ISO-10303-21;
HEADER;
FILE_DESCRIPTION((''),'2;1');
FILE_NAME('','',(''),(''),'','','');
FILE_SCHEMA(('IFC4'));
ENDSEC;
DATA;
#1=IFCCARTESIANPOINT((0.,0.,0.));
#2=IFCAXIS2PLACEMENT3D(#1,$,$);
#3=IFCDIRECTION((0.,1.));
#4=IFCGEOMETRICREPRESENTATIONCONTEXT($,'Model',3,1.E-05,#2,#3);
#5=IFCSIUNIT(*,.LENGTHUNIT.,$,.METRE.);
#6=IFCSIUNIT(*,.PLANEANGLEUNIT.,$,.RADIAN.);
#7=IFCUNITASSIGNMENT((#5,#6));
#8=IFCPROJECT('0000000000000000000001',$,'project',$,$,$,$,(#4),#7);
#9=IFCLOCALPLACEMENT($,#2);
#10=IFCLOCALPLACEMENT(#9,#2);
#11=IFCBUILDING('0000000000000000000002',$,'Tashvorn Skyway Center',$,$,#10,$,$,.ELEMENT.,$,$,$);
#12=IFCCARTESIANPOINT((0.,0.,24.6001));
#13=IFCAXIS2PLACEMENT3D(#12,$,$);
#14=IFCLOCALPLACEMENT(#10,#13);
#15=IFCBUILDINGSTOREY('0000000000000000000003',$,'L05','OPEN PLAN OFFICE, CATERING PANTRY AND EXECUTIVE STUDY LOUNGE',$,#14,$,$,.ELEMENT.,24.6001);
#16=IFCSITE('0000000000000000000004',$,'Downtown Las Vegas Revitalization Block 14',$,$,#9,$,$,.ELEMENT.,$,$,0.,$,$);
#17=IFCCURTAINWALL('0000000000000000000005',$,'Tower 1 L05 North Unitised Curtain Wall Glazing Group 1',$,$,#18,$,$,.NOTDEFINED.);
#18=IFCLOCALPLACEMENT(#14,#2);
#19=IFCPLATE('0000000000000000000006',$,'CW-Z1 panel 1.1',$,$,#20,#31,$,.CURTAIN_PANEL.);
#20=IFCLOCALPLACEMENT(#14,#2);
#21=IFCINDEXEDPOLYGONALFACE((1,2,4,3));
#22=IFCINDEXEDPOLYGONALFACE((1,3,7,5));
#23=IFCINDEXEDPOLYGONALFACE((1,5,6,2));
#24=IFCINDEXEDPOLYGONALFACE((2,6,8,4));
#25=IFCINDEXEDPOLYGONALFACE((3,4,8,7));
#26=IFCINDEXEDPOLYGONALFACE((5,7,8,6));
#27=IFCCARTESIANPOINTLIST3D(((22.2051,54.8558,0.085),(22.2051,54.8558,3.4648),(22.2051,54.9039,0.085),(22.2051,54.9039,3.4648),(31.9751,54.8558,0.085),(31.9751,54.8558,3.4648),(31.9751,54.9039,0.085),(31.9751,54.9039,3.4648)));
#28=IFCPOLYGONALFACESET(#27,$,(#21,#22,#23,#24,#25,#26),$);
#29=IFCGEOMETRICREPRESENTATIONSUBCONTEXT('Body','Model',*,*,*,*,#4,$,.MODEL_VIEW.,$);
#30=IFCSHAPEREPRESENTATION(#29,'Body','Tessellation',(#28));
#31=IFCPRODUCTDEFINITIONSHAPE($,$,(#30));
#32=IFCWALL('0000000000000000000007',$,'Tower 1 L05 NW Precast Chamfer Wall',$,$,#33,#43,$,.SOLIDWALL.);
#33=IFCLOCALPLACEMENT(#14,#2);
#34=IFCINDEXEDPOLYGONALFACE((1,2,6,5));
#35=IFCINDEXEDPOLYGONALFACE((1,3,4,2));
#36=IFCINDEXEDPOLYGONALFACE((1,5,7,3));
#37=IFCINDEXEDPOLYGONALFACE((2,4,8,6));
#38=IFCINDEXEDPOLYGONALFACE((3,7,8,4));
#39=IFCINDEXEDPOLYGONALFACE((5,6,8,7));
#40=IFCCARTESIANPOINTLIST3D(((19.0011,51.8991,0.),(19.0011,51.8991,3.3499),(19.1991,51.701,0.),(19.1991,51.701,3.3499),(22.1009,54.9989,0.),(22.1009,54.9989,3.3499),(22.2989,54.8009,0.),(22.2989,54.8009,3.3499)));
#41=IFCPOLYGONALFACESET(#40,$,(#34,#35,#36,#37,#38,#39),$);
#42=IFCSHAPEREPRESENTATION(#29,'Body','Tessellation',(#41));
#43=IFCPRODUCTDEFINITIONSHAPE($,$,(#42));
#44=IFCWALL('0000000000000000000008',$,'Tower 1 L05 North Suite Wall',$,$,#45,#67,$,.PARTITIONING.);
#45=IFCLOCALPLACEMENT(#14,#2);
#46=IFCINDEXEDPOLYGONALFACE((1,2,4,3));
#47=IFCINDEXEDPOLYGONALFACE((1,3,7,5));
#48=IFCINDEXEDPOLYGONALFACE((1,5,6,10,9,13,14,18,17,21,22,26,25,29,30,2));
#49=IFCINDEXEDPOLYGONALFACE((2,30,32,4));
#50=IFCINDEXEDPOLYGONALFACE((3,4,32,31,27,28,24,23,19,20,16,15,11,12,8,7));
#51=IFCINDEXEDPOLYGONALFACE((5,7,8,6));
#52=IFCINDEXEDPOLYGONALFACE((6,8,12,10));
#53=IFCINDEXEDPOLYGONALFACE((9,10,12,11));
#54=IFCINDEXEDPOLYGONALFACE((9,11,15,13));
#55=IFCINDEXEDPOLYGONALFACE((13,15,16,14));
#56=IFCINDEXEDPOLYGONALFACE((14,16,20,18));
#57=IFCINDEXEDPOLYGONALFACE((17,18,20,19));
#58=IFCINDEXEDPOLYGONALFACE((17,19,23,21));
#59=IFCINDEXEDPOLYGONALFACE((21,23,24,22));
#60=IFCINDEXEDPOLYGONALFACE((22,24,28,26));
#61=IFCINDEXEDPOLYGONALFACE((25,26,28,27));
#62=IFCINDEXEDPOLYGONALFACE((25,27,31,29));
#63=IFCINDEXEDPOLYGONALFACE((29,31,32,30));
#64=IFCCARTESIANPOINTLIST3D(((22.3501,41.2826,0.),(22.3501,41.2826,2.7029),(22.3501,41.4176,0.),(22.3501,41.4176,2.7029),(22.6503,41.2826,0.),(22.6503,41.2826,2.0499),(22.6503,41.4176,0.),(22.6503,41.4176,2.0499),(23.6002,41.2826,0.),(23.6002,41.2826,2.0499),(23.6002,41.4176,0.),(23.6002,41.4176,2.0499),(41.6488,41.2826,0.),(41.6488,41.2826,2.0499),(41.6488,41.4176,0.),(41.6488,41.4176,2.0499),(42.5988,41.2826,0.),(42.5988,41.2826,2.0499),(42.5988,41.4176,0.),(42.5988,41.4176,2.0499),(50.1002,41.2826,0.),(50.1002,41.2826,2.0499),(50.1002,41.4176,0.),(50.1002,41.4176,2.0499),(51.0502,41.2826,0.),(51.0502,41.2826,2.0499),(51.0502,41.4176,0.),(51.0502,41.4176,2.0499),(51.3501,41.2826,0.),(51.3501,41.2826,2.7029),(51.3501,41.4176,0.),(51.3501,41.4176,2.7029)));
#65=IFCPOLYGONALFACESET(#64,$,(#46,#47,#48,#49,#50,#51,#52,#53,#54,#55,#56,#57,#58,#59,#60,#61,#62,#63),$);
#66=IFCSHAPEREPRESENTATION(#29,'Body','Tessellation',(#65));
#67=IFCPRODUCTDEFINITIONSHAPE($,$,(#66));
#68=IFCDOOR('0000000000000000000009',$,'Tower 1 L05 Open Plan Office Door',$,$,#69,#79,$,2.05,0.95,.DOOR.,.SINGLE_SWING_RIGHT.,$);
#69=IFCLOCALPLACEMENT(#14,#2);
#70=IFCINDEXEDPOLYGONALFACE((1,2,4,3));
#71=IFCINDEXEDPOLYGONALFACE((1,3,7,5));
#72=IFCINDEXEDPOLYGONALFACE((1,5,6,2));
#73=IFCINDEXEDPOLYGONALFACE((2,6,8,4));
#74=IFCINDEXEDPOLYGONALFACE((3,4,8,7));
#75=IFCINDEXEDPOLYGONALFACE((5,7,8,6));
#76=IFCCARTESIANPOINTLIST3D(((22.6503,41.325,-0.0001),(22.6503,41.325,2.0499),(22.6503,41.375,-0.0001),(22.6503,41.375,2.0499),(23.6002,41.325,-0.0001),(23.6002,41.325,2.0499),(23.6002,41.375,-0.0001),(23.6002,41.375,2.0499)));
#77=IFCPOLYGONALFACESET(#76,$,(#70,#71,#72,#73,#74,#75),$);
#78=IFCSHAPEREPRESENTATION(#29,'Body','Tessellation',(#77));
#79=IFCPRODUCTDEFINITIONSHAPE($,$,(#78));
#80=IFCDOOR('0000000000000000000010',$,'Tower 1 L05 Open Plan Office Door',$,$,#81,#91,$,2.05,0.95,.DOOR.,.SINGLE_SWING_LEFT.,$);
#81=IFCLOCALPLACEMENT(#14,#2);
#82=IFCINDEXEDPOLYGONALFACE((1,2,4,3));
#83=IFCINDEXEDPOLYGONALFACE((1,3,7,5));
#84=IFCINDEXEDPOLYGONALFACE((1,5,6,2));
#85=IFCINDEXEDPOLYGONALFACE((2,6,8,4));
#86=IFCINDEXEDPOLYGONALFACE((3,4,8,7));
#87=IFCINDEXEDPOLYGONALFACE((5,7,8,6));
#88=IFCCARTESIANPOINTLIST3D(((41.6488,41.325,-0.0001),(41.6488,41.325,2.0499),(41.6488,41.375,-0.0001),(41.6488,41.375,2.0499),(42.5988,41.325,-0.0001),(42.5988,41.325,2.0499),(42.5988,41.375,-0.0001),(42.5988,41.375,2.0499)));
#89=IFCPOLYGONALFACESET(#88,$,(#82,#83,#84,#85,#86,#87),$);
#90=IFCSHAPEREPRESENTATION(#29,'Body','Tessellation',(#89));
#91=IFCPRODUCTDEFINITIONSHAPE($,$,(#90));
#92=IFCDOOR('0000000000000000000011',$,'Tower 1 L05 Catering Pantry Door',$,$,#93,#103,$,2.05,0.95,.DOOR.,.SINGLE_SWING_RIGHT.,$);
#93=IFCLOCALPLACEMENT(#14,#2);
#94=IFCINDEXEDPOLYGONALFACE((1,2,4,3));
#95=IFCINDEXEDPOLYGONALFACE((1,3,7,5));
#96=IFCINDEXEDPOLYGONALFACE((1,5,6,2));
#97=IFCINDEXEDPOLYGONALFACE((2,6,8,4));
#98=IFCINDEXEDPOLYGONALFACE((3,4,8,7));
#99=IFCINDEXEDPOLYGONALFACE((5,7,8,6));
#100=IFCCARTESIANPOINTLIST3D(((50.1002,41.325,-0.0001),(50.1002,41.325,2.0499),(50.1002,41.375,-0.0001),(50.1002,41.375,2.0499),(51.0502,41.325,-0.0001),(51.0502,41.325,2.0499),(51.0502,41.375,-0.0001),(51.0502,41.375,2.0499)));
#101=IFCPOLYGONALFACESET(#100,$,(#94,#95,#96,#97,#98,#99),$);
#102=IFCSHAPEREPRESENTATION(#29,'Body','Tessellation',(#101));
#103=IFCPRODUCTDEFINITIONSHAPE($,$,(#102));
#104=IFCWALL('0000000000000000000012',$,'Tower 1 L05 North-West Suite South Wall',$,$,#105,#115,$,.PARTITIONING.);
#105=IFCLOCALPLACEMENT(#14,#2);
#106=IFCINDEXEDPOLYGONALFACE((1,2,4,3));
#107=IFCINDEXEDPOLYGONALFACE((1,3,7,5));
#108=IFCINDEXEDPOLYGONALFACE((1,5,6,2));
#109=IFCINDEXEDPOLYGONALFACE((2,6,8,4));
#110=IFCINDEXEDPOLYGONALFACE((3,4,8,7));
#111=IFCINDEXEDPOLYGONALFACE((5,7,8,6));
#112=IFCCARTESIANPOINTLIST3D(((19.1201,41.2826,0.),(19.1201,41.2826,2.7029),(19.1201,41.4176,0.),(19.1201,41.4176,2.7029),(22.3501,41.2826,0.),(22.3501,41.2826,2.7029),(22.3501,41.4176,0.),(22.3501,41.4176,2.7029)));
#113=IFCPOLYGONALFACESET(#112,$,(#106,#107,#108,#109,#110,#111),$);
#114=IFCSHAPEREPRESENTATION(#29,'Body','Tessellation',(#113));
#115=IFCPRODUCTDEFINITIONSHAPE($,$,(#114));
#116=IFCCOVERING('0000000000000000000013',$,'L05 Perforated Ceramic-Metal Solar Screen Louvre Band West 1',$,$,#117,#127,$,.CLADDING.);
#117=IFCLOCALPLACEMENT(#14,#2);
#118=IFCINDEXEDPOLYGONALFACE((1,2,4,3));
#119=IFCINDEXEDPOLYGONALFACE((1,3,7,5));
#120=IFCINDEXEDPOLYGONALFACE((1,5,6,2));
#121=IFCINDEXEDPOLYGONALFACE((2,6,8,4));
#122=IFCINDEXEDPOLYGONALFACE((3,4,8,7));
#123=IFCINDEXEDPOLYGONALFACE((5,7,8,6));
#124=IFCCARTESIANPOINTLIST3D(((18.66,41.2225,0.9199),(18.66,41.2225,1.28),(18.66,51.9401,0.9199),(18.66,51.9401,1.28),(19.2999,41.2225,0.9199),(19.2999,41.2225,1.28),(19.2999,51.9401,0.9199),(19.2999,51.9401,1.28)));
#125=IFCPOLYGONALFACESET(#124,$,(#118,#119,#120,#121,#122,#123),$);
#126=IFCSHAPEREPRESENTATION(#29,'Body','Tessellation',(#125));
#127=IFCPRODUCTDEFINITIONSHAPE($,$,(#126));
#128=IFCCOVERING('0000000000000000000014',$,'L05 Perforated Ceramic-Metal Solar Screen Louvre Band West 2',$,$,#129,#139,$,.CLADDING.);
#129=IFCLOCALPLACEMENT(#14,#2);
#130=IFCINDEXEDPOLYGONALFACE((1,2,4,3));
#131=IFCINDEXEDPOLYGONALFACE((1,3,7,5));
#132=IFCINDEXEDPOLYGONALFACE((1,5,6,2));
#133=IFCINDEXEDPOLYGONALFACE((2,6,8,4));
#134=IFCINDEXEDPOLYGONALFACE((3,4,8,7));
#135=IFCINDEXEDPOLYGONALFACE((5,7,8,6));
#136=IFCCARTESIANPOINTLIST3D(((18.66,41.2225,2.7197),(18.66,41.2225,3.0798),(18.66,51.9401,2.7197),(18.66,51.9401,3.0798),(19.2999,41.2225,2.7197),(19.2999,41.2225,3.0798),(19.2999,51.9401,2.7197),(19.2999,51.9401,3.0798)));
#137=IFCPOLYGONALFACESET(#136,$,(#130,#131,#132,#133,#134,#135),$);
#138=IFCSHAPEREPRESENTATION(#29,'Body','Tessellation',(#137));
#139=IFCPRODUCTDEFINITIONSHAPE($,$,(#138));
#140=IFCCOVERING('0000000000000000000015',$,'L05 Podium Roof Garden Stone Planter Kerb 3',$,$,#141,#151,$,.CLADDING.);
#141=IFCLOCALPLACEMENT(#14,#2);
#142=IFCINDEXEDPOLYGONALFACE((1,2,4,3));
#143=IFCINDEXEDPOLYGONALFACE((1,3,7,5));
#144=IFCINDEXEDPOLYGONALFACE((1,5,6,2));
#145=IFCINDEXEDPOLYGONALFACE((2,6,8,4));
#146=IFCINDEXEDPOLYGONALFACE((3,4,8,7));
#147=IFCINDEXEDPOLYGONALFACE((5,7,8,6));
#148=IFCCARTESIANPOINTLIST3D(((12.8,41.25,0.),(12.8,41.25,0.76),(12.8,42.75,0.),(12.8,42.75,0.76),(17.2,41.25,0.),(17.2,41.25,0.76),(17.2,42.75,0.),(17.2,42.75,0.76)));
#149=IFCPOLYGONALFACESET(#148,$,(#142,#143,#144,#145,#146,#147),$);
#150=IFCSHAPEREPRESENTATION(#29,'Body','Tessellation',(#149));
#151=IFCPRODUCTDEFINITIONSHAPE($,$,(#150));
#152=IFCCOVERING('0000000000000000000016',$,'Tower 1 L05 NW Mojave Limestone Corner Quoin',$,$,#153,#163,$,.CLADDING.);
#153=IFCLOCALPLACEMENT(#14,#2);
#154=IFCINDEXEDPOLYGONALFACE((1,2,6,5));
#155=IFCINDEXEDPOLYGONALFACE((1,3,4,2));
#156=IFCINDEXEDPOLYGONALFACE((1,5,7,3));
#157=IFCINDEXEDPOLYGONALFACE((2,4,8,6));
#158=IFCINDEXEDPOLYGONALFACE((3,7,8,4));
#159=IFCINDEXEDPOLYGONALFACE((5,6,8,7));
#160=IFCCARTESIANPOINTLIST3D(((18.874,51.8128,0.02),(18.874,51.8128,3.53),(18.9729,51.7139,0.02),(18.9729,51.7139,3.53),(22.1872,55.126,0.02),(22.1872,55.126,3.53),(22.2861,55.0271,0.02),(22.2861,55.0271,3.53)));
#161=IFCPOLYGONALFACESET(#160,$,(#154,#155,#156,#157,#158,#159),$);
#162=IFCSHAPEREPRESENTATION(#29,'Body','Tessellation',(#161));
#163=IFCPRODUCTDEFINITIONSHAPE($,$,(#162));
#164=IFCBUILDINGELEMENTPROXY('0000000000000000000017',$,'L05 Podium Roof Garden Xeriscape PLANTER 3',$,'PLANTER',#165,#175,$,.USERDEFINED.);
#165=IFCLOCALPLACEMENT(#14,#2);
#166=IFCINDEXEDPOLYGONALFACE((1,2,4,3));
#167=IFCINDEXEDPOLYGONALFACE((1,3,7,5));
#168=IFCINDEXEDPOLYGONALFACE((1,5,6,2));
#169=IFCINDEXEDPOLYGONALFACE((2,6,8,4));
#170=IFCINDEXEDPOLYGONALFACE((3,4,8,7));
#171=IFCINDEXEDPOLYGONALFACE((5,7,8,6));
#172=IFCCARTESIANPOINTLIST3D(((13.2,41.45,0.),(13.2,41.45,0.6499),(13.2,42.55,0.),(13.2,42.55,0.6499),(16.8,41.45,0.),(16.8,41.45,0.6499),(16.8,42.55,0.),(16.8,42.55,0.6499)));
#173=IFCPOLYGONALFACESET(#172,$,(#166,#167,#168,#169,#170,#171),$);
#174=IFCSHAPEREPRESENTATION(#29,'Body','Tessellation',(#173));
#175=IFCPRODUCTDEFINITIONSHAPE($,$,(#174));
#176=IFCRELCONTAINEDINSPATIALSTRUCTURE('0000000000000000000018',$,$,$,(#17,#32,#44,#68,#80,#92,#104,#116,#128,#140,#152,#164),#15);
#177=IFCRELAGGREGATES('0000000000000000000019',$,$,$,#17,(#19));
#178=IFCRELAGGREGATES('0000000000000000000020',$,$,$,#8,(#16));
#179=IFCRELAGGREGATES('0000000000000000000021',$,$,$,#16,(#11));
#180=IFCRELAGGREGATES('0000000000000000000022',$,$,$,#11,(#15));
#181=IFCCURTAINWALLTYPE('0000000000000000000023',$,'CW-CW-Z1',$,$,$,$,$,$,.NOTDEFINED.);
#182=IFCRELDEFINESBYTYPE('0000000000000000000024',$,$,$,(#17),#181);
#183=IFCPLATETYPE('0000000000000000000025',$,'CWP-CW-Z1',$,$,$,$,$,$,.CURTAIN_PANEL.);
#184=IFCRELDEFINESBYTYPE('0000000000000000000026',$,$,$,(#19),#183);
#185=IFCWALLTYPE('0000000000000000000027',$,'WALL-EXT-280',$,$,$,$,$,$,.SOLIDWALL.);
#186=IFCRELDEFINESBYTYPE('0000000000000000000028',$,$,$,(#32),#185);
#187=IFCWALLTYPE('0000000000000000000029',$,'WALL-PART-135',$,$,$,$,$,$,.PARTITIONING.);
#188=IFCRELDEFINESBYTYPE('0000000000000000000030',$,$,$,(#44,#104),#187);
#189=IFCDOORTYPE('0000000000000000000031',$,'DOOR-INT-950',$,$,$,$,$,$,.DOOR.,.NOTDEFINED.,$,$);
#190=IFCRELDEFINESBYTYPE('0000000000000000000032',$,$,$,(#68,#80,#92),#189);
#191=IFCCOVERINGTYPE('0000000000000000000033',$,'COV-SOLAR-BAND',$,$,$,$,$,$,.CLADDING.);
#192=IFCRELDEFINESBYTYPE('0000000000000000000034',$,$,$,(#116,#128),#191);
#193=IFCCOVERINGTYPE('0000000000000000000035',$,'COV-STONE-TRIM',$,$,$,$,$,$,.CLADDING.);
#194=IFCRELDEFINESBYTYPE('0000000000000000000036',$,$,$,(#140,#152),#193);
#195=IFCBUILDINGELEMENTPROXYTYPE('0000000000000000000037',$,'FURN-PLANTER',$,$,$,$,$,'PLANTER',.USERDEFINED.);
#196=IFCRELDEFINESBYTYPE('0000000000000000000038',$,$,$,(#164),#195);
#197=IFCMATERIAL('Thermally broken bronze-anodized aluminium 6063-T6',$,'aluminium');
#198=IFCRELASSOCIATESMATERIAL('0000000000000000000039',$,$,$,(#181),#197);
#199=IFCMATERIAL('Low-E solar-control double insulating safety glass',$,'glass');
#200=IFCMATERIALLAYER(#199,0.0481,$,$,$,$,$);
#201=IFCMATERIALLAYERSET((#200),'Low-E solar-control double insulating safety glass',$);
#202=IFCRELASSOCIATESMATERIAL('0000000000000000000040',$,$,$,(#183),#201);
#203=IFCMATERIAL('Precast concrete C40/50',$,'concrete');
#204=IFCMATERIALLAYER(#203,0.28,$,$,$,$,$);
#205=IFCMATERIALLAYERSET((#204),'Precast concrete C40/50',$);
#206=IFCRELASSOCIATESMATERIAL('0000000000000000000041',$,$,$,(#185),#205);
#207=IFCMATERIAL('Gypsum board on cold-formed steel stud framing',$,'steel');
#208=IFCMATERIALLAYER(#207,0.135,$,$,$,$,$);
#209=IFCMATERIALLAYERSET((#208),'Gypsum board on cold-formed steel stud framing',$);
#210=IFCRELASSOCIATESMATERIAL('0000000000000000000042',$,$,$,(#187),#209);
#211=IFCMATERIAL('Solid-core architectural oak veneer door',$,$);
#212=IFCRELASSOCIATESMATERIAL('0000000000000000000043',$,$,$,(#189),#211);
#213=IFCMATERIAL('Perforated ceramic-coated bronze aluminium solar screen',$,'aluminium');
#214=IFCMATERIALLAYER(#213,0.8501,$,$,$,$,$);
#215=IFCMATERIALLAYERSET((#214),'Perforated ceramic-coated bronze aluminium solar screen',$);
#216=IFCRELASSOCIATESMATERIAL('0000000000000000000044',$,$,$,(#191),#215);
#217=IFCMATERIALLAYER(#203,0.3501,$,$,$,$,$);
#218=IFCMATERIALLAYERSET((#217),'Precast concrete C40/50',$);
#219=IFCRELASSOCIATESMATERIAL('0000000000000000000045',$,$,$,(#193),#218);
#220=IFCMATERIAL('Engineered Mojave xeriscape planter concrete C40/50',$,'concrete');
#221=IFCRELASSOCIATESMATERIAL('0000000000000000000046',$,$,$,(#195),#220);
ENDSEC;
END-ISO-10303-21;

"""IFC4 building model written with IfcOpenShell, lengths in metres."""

from ifc_helpers import new_model, si_unit, direction, frame, frame_2d, origin, origin_2d, place, context, subcontext, project, spatial, rectangle, extrude, material, layer, layer_set, type_object, element, fill, aggregate, save


model = new_model("IFC4")

# Units and contexts
model_context = context("Model", 3, precision=1e-05, world=origin(), true_north=direction((0.0, 1.0)))
body_context = subcontext(model_context, "Body", "Model", "MODEL_VIEW")
ifc_project = project(units=[si_unit("LENGTHUNIT", "METRE"), si_unit("PLANEANGLEUNIT", "RADIAN")], contexts=[model_context])

# Site, building, storey
site_placement = place(None, origin())
site = spatial("IfcSite", under=ifc_project, at=site_placement, Name="Downtown Las Vegas Revitalization Block 14", CompositionType="ELEMENT", RefElevation=0.0)
building_placement = place(site_placement, origin())
building = spatial("IfcBuilding", under=site, at=building_placement, Name="Tashvorn Skyway Center", CompositionType="ELEMENT")
storey_placement = place(building_placement, frame((0.0, 0.0, 24.6001)))
storey = spatial("IfcBuildingStorey", under=building, at=storey_placement, Name="L05", Description="OPEN PLAN OFFICE, CATERING PANTRY AND EXECUTIVE STUDY LOUNGE", CompositionType="ELEMENT", Elevation=24.6001)

# Curtain wall
ifc_material_1 = material(Name="Thermally broken bronze-anodized aluminium 6063-T6", Category="aluminium")
curtain_wall_type = type_object("IfcCurtainWallType", Name="CW-CW-Z1", PredefinedType="NOTDEFINED", material=ifc_material_1)
curtain_wall_1_placement = place(storey_placement, origin())
curtain_wall_1 = element("IfcCurtainWall", 1, at=curtain_wall_1_placement, inside=storey, type_object=curtain_wall_type, Name="Tower 1 L05 North Unitised Curtain Wall Glazing Group 1", PredefinedType="NOTDEFINED")

# Plate
ifc_material_2 = material(Name="Low-E solar-control double insulating safety glass", Category="glass")
ifc_layer_1 = layer(ifc_material_2, 0.0481)
ifc_layer_set_1 = layer_set([ifc_layer_1], Name="Low-E solar-control double insulating safety glass")
plate_type = type_object("IfcPlateType", Name="CWP-CW-Z1", PredefinedType="CURTAIN_PANEL", material=ifc_layer_set_1)
plate_1_placement = place(storey_placement, frame((27.0901, 54.8799, 0.085), z_axis=(0.0, 0.0, 1.0), x_axis=(1.0, 0.0, 0.0)))
plate_1 = element("IfcPlate", 2, at=plate_1_placement, type_object=plate_type, Name="CW-Z1 panel 1.1", PredefinedType="CURTAIN_PANEL", context=body_context, shape_type="SweptSolid", body=[
    extrude(rectangle(XDim=9.77, YDim=0.0481, at=origin_2d()), origin(), (0.0, 0.0, 1.0), 3.3799),
])
aggregate(curtain_wall_1, [plate_1])

# Wall
ifc_material_3 = material(Name="Precast concrete C40/50", Category="concrete")
ifc_layer_2 = layer(ifc_material_3, 0.28)
ifc_layer_set_2 = layer_set([ifc_layer_2], Name="Precast concrete C40/50")
wall_type_1 = type_object("IfcWallType", Name="WALL-EXT-280", PredefinedType="SOLIDWALL", material=ifc_layer_set_2)
wall_1_placement = place(storey_placement, frame((19.1001, 51.8, 0.0), z_axis=(0.0, 0.0, 1.0), x_axis=(0.707107, 0.707107, 0.0)))
element("IfcWall", 3, at=wall_1_placement, inside=storey, type_object=wall_type_1, Name="Tower 1 L05 NW Precast Chamfer Wall", PredefinedType="SOLIDWALL", context=body_context, shape_type="SweptSolid", body=[
    extrude(rectangle(XDim=4.3838, YDim=0.28, at=frame_2d((2.1919, 0.0))), origin(), (0.0, 0.0, 1.0), 3.3499),
])

# Wall, openings, doors
ifc_material_4 = material(Name="Gypsum board on cold-formed steel stud framing", Category="steel")
ifc_layer_3 = layer(ifc_material_4, 0.135)
ifc_layer_set_3 = layer_set([ifc_layer_3], Name="Gypsum board on cold-formed steel stud framing")
wall_type_2 = type_object("IfcWallType", Name="WALL-PART-135", PredefinedType="PARTITIONING", material=ifc_layer_set_3)
wall_2_placement = place(storey_placement, frame((22.3501, 41.3501, 0.0), z_axis=(0.0, 0.0, 1.0), x_axis=(1.0, 0.0, 0.0)))
wall_2 = element("IfcWall", 4, at=wall_2_placement, inside=storey, type_object=wall_type_2, Name="Tower 1 L05 North Suite Wall", PredefinedType="PARTITIONING", context=body_context, shape_type="SweptSolid", body=[
    extrude(rectangle(XDim=29.0, YDim=0.135, at=frame_2d((14.5, 0.0))), origin(), (0.0, 0.0, 1.0), 2.7029),
])
opening_1_placement = place(wall_2_placement, frame((0.3, 0.0, 0.0)))
opening_1 = element("IfcOpeningElement", 5, at=opening_1_placement, cuts=wall_2, PredefinedType="OPENING", context=body_context, shape_type="SweptSolid", body=[
    extrude(rectangle(XDim=0.95, YDim=2.05, at=frame_2d((0.4751, 1.0249))), frame((0.0, 0.0774, 0.0), z_axis=(0.0, -1.0, 0.0), x_axis=(1.0, 0.0, 0.0)), (0.0, 0.0, 1.0), 0.155),
])
opening_2_placement = place(wall_2_placement, frame((19.2986, 0.0, 0.0)))
opening_2 = element("IfcOpeningElement", 6, at=opening_2_placement, cuts=wall_2, PredefinedType="OPENING", context=body_context, shape_type="SweptSolid", body=[
    extrude(rectangle(XDim=0.95, YDim=2.05, at=frame_2d((0.4751, 1.0249))), frame((0.0, 0.0774, 0.0), z_axis=(0.0, -1.0, 0.0), x_axis=(1.0, 0.0, 0.0)), (0.0, 0.0, 1.0), 0.155),
])
opening_3_placement = place(wall_2_placement, frame((27.75, 0.0, 0.0)))
opening_3 = element("IfcOpeningElement", 7, at=opening_3_placement, cuts=wall_2, PredefinedType="OPENING", context=body_context, shape_type="SweptSolid", body=[
    extrude(rectangle(XDim=0.95, YDim=2.05, at=frame_2d((0.4751, 1.0249))), frame((0.0, 0.0774, 0.0), z_axis=(0.0, -1.0, 0.0), x_axis=(1.0, 0.0, 0.0)), (0.0, 0.0, 1.0), 0.155),
])
ifc_material_5 = material(Name="Solid-core architectural oak veneer door")
door_type = type_object("IfcDoorType", Name="DOOR-INT-950", OperationType="NOTDEFINED", PredefinedType="DOOR", material=ifc_material_5)
door_1_placement = place(opening_1_placement, origin())
door_1 = element("IfcDoor", 8, at=door_1_placement, inside=storey, type_object=door_type, Name="Tower 1 L05 Open Plan Office Door", OperationType="SINGLE_SWING_RIGHT", OverallHeight=2.05, OverallWidth=0.95, PredefinedType="DOOR", context=body_context, shape_type="SweptSolid", body=[
    extrude(rectangle(XDim=0.95, YDim=2.05, at=frame_2d((0.4751, 1.0249))), frame((0.0, 0.0249, 0.0), z_axis=(0.0, -1.0, 0.0), x_axis=(1.0, 0.0, 0.0)), (0.0, 0.0, 1.0), 0.05),
])
fill(opening_1, door_1)
door_2_placement = place(opening_2_placement, origin())
door_2 = element("IfcDoor", 9, at=door_2_placement, inside=storey, type_object=door_type, Name="Tower 1 L05 Open Plan Office Door", OperationType="SINGLE_SWING_LEFT", OverallHeight=2.05, OverallWidth=0.95, PredefinedType="DOOR", context=body_context, shape_type="SweptSolid", body=[
    extrude(rectangle(XDim=0.95, YDim=2.05, at=frame_2d((0.4751, 1.0249))), frame((0.0, 0.0249, 0.0), z_axis=(0.0, -1.0, 0.0), x_axis=(1.0, 0.0, 0.0)), (0.0, 0.0, 1.0), 0.05),
])
fill(opening_2, door_2)
door_3_placement = place(opening_3_placement, origin())
door_3 = element("IfcDoor", 10, at=door_3_placement, inside=storey, type_object=door_type, Name="Tower 1 L05 Catering Pantry Door", OperationType="SINGLE_SWING_RIGHT", OverallHeight=2.05, OverallWidth=0.95, PredefinedType="DOOR", context=body_context, shape_type="SweptSolid", body=[
    extrude(rectangle(XDim=0.95, YDim=2.05, at=frame_2d((0.4751, 1.0249))), frame((0.0, 0.0249, 0.0), z_axis=(0.0, -1.0, 0.0), x_axis=(1.0, 0.0, 0.0)), (0.0, 0.0, 1.0), 0.05),
])
fill(opening_3, door_3)

# Wall
wall_3_placement = place(storey_placement, frame((19.1201, 41.3501, 0.0), z_axis=(0.0, 0.0, 1.0), x_axis=(1.0, 0.0, 0.0)))
element("IfcWall", 11, at=wall_3_placement, inside=storey, type_object=wall_type_2, Name="Tower 1 L05 North-West Suite South Wall", PredefinedType="PARTITIONING", context=body_context, shape_type="SweptSolid", body=[
    extrude(rectangle(XDim=3.23, YDim=0.135, at=frame_2d((1.615, 0.0))), origin(), (0.0, 0.0, 1.0), 2.7029),
])

# Coverings
ifc_material_6 = material(Name="Perforated ceramic-coated bronze aluminium solar screen", Category="aluminium")
ifc_layer_4 = layer(ifc_material_6, 0.8501)
ifc_layer_set_4 = layer_set([ifc_layer_4], Name="Perforated ceramic-coated bronze aluminium solar screen")
covering_type_1 = type_object("IfcCoveringType", Name="COV-SOLAR-BAND", PredefinedType="CLADDING", material=ifc_layer_set_4)
for number, where, z_axis, x_axis, name in (
    (12, (18.98, 46.5813, 0.9199), (0.0, 0.0, 1.0), (0.0, 1.0, 0.0), "L05 Perforated Ceramic-Metal Solar Screen Louvre Band West 1"),
    (13, (18.98, 46.5813, 2.7197), (0.0, 0.0, 1.0), (0.0, 1.0, 0.0), "L05 Perforated Ceramic-Metal Solar Screen Louvre Band West 2"),
):
    element("IfcCovering", number, at=place(storey_placement, frame(where, z_axis=z_axis, x_axis=x_axis)), inside=storey, type_object=covering_type_1, Name=name, PredefinedType="CLADDING", context=body_context, shape_type="SweptSolid", body=[
        extrude(rectangle(XDim=10.7175, YDim=0.6399, at=origin_2d()), origin(), (0.0, 0.0, 1.0), 0.3601),
    ])
ifc_layer_5 = layer(ifc_material_3, 0.3501)
ifc_layer_set_5 = layer_set([ifc_layer_5], Name="Precast concrete C40/50")
covering_type_2 = type_object("IfcCoveringType", Name="COV-STONE-TRIM", PredefinedType="CLADDING", material=ifc_layer_set_5)
covering_1_placement = place(storey_placement, frame((15.0, 42.0, 0.0), z_axis=(0.0, 0.0, 1.0), x_axis=(1.0, 0.0, 0.0)))
element("IfcCovering", 14, at=covering_1_placement, inside=storey, type_object=covering_type_2, Name="L05 Podium Roof Garden Stone Planter Kerb 3", PredefinedType="CLADDING", context=body_context, shape_type="SweptSolid", body=[
    extrude(rectangle(XDim=4.3999, YDim=1.5, at=origin_2d()), origin(), (0.0, 0.0, 1.0), 0.76),
])
covering_2_placement = place(storey_placement, frame((20.5801, 53.4199, 0.02), z_axis=(0.0, 0.0, 1.0), x_axis=(-0.707107, -0.707107, 0.0)))
element("IfcCovering", 15, at=covering_2_placement, inside=storey, type_object=covering_type_2, Name="Tower 1 L05 NW Mojave Limestone Corner Quoin", PredefinedType="CLADDING", context=body_context, shape_type="SweptSolid", body=[
    extrude(rectangle(XDim=4.6855, YDim=0.1399, at=origin_2d()), origin(), (0.0, 0.0, 1.0), 3.51),
])

# Building element proxy
ifc_material_7 = material(Name="Engineered Mojave xeriscape planter concrete C40/50", Category="concrete")
building_element_proxy_type = type_object("IfcBuildingElementProxyType", Name="FURN-PLANTER", ElementType="PLANTER", PredefinedType="USERDEFINED", material=ifc_material_7)
proxy_placement = place(storey_placement, frame((15.0, 42.0, 0.0), z_axis=(0.0, 0.0, 1.0), x_axis=(1.0, 0.0, 0.0)))
element("IfcBuildingElementProxy", 16, at=proxy_placement, inside=storey, type_object=building_element_proxy_type, Name="L05 Podium Roof Garden Xeriscape PLANTER 3", ObjectType="PLANTER", PredefinedType="USERDEFINED", context=body_context, shape_type="SweptSolid", body=[
    extrude(rectangle(XDim=3.6001, YDim=1.1001, at=origin_2d()), origin(), (0.0, 0.0, 1.0), 0.6499),
])

save(model, "model.ifc")
